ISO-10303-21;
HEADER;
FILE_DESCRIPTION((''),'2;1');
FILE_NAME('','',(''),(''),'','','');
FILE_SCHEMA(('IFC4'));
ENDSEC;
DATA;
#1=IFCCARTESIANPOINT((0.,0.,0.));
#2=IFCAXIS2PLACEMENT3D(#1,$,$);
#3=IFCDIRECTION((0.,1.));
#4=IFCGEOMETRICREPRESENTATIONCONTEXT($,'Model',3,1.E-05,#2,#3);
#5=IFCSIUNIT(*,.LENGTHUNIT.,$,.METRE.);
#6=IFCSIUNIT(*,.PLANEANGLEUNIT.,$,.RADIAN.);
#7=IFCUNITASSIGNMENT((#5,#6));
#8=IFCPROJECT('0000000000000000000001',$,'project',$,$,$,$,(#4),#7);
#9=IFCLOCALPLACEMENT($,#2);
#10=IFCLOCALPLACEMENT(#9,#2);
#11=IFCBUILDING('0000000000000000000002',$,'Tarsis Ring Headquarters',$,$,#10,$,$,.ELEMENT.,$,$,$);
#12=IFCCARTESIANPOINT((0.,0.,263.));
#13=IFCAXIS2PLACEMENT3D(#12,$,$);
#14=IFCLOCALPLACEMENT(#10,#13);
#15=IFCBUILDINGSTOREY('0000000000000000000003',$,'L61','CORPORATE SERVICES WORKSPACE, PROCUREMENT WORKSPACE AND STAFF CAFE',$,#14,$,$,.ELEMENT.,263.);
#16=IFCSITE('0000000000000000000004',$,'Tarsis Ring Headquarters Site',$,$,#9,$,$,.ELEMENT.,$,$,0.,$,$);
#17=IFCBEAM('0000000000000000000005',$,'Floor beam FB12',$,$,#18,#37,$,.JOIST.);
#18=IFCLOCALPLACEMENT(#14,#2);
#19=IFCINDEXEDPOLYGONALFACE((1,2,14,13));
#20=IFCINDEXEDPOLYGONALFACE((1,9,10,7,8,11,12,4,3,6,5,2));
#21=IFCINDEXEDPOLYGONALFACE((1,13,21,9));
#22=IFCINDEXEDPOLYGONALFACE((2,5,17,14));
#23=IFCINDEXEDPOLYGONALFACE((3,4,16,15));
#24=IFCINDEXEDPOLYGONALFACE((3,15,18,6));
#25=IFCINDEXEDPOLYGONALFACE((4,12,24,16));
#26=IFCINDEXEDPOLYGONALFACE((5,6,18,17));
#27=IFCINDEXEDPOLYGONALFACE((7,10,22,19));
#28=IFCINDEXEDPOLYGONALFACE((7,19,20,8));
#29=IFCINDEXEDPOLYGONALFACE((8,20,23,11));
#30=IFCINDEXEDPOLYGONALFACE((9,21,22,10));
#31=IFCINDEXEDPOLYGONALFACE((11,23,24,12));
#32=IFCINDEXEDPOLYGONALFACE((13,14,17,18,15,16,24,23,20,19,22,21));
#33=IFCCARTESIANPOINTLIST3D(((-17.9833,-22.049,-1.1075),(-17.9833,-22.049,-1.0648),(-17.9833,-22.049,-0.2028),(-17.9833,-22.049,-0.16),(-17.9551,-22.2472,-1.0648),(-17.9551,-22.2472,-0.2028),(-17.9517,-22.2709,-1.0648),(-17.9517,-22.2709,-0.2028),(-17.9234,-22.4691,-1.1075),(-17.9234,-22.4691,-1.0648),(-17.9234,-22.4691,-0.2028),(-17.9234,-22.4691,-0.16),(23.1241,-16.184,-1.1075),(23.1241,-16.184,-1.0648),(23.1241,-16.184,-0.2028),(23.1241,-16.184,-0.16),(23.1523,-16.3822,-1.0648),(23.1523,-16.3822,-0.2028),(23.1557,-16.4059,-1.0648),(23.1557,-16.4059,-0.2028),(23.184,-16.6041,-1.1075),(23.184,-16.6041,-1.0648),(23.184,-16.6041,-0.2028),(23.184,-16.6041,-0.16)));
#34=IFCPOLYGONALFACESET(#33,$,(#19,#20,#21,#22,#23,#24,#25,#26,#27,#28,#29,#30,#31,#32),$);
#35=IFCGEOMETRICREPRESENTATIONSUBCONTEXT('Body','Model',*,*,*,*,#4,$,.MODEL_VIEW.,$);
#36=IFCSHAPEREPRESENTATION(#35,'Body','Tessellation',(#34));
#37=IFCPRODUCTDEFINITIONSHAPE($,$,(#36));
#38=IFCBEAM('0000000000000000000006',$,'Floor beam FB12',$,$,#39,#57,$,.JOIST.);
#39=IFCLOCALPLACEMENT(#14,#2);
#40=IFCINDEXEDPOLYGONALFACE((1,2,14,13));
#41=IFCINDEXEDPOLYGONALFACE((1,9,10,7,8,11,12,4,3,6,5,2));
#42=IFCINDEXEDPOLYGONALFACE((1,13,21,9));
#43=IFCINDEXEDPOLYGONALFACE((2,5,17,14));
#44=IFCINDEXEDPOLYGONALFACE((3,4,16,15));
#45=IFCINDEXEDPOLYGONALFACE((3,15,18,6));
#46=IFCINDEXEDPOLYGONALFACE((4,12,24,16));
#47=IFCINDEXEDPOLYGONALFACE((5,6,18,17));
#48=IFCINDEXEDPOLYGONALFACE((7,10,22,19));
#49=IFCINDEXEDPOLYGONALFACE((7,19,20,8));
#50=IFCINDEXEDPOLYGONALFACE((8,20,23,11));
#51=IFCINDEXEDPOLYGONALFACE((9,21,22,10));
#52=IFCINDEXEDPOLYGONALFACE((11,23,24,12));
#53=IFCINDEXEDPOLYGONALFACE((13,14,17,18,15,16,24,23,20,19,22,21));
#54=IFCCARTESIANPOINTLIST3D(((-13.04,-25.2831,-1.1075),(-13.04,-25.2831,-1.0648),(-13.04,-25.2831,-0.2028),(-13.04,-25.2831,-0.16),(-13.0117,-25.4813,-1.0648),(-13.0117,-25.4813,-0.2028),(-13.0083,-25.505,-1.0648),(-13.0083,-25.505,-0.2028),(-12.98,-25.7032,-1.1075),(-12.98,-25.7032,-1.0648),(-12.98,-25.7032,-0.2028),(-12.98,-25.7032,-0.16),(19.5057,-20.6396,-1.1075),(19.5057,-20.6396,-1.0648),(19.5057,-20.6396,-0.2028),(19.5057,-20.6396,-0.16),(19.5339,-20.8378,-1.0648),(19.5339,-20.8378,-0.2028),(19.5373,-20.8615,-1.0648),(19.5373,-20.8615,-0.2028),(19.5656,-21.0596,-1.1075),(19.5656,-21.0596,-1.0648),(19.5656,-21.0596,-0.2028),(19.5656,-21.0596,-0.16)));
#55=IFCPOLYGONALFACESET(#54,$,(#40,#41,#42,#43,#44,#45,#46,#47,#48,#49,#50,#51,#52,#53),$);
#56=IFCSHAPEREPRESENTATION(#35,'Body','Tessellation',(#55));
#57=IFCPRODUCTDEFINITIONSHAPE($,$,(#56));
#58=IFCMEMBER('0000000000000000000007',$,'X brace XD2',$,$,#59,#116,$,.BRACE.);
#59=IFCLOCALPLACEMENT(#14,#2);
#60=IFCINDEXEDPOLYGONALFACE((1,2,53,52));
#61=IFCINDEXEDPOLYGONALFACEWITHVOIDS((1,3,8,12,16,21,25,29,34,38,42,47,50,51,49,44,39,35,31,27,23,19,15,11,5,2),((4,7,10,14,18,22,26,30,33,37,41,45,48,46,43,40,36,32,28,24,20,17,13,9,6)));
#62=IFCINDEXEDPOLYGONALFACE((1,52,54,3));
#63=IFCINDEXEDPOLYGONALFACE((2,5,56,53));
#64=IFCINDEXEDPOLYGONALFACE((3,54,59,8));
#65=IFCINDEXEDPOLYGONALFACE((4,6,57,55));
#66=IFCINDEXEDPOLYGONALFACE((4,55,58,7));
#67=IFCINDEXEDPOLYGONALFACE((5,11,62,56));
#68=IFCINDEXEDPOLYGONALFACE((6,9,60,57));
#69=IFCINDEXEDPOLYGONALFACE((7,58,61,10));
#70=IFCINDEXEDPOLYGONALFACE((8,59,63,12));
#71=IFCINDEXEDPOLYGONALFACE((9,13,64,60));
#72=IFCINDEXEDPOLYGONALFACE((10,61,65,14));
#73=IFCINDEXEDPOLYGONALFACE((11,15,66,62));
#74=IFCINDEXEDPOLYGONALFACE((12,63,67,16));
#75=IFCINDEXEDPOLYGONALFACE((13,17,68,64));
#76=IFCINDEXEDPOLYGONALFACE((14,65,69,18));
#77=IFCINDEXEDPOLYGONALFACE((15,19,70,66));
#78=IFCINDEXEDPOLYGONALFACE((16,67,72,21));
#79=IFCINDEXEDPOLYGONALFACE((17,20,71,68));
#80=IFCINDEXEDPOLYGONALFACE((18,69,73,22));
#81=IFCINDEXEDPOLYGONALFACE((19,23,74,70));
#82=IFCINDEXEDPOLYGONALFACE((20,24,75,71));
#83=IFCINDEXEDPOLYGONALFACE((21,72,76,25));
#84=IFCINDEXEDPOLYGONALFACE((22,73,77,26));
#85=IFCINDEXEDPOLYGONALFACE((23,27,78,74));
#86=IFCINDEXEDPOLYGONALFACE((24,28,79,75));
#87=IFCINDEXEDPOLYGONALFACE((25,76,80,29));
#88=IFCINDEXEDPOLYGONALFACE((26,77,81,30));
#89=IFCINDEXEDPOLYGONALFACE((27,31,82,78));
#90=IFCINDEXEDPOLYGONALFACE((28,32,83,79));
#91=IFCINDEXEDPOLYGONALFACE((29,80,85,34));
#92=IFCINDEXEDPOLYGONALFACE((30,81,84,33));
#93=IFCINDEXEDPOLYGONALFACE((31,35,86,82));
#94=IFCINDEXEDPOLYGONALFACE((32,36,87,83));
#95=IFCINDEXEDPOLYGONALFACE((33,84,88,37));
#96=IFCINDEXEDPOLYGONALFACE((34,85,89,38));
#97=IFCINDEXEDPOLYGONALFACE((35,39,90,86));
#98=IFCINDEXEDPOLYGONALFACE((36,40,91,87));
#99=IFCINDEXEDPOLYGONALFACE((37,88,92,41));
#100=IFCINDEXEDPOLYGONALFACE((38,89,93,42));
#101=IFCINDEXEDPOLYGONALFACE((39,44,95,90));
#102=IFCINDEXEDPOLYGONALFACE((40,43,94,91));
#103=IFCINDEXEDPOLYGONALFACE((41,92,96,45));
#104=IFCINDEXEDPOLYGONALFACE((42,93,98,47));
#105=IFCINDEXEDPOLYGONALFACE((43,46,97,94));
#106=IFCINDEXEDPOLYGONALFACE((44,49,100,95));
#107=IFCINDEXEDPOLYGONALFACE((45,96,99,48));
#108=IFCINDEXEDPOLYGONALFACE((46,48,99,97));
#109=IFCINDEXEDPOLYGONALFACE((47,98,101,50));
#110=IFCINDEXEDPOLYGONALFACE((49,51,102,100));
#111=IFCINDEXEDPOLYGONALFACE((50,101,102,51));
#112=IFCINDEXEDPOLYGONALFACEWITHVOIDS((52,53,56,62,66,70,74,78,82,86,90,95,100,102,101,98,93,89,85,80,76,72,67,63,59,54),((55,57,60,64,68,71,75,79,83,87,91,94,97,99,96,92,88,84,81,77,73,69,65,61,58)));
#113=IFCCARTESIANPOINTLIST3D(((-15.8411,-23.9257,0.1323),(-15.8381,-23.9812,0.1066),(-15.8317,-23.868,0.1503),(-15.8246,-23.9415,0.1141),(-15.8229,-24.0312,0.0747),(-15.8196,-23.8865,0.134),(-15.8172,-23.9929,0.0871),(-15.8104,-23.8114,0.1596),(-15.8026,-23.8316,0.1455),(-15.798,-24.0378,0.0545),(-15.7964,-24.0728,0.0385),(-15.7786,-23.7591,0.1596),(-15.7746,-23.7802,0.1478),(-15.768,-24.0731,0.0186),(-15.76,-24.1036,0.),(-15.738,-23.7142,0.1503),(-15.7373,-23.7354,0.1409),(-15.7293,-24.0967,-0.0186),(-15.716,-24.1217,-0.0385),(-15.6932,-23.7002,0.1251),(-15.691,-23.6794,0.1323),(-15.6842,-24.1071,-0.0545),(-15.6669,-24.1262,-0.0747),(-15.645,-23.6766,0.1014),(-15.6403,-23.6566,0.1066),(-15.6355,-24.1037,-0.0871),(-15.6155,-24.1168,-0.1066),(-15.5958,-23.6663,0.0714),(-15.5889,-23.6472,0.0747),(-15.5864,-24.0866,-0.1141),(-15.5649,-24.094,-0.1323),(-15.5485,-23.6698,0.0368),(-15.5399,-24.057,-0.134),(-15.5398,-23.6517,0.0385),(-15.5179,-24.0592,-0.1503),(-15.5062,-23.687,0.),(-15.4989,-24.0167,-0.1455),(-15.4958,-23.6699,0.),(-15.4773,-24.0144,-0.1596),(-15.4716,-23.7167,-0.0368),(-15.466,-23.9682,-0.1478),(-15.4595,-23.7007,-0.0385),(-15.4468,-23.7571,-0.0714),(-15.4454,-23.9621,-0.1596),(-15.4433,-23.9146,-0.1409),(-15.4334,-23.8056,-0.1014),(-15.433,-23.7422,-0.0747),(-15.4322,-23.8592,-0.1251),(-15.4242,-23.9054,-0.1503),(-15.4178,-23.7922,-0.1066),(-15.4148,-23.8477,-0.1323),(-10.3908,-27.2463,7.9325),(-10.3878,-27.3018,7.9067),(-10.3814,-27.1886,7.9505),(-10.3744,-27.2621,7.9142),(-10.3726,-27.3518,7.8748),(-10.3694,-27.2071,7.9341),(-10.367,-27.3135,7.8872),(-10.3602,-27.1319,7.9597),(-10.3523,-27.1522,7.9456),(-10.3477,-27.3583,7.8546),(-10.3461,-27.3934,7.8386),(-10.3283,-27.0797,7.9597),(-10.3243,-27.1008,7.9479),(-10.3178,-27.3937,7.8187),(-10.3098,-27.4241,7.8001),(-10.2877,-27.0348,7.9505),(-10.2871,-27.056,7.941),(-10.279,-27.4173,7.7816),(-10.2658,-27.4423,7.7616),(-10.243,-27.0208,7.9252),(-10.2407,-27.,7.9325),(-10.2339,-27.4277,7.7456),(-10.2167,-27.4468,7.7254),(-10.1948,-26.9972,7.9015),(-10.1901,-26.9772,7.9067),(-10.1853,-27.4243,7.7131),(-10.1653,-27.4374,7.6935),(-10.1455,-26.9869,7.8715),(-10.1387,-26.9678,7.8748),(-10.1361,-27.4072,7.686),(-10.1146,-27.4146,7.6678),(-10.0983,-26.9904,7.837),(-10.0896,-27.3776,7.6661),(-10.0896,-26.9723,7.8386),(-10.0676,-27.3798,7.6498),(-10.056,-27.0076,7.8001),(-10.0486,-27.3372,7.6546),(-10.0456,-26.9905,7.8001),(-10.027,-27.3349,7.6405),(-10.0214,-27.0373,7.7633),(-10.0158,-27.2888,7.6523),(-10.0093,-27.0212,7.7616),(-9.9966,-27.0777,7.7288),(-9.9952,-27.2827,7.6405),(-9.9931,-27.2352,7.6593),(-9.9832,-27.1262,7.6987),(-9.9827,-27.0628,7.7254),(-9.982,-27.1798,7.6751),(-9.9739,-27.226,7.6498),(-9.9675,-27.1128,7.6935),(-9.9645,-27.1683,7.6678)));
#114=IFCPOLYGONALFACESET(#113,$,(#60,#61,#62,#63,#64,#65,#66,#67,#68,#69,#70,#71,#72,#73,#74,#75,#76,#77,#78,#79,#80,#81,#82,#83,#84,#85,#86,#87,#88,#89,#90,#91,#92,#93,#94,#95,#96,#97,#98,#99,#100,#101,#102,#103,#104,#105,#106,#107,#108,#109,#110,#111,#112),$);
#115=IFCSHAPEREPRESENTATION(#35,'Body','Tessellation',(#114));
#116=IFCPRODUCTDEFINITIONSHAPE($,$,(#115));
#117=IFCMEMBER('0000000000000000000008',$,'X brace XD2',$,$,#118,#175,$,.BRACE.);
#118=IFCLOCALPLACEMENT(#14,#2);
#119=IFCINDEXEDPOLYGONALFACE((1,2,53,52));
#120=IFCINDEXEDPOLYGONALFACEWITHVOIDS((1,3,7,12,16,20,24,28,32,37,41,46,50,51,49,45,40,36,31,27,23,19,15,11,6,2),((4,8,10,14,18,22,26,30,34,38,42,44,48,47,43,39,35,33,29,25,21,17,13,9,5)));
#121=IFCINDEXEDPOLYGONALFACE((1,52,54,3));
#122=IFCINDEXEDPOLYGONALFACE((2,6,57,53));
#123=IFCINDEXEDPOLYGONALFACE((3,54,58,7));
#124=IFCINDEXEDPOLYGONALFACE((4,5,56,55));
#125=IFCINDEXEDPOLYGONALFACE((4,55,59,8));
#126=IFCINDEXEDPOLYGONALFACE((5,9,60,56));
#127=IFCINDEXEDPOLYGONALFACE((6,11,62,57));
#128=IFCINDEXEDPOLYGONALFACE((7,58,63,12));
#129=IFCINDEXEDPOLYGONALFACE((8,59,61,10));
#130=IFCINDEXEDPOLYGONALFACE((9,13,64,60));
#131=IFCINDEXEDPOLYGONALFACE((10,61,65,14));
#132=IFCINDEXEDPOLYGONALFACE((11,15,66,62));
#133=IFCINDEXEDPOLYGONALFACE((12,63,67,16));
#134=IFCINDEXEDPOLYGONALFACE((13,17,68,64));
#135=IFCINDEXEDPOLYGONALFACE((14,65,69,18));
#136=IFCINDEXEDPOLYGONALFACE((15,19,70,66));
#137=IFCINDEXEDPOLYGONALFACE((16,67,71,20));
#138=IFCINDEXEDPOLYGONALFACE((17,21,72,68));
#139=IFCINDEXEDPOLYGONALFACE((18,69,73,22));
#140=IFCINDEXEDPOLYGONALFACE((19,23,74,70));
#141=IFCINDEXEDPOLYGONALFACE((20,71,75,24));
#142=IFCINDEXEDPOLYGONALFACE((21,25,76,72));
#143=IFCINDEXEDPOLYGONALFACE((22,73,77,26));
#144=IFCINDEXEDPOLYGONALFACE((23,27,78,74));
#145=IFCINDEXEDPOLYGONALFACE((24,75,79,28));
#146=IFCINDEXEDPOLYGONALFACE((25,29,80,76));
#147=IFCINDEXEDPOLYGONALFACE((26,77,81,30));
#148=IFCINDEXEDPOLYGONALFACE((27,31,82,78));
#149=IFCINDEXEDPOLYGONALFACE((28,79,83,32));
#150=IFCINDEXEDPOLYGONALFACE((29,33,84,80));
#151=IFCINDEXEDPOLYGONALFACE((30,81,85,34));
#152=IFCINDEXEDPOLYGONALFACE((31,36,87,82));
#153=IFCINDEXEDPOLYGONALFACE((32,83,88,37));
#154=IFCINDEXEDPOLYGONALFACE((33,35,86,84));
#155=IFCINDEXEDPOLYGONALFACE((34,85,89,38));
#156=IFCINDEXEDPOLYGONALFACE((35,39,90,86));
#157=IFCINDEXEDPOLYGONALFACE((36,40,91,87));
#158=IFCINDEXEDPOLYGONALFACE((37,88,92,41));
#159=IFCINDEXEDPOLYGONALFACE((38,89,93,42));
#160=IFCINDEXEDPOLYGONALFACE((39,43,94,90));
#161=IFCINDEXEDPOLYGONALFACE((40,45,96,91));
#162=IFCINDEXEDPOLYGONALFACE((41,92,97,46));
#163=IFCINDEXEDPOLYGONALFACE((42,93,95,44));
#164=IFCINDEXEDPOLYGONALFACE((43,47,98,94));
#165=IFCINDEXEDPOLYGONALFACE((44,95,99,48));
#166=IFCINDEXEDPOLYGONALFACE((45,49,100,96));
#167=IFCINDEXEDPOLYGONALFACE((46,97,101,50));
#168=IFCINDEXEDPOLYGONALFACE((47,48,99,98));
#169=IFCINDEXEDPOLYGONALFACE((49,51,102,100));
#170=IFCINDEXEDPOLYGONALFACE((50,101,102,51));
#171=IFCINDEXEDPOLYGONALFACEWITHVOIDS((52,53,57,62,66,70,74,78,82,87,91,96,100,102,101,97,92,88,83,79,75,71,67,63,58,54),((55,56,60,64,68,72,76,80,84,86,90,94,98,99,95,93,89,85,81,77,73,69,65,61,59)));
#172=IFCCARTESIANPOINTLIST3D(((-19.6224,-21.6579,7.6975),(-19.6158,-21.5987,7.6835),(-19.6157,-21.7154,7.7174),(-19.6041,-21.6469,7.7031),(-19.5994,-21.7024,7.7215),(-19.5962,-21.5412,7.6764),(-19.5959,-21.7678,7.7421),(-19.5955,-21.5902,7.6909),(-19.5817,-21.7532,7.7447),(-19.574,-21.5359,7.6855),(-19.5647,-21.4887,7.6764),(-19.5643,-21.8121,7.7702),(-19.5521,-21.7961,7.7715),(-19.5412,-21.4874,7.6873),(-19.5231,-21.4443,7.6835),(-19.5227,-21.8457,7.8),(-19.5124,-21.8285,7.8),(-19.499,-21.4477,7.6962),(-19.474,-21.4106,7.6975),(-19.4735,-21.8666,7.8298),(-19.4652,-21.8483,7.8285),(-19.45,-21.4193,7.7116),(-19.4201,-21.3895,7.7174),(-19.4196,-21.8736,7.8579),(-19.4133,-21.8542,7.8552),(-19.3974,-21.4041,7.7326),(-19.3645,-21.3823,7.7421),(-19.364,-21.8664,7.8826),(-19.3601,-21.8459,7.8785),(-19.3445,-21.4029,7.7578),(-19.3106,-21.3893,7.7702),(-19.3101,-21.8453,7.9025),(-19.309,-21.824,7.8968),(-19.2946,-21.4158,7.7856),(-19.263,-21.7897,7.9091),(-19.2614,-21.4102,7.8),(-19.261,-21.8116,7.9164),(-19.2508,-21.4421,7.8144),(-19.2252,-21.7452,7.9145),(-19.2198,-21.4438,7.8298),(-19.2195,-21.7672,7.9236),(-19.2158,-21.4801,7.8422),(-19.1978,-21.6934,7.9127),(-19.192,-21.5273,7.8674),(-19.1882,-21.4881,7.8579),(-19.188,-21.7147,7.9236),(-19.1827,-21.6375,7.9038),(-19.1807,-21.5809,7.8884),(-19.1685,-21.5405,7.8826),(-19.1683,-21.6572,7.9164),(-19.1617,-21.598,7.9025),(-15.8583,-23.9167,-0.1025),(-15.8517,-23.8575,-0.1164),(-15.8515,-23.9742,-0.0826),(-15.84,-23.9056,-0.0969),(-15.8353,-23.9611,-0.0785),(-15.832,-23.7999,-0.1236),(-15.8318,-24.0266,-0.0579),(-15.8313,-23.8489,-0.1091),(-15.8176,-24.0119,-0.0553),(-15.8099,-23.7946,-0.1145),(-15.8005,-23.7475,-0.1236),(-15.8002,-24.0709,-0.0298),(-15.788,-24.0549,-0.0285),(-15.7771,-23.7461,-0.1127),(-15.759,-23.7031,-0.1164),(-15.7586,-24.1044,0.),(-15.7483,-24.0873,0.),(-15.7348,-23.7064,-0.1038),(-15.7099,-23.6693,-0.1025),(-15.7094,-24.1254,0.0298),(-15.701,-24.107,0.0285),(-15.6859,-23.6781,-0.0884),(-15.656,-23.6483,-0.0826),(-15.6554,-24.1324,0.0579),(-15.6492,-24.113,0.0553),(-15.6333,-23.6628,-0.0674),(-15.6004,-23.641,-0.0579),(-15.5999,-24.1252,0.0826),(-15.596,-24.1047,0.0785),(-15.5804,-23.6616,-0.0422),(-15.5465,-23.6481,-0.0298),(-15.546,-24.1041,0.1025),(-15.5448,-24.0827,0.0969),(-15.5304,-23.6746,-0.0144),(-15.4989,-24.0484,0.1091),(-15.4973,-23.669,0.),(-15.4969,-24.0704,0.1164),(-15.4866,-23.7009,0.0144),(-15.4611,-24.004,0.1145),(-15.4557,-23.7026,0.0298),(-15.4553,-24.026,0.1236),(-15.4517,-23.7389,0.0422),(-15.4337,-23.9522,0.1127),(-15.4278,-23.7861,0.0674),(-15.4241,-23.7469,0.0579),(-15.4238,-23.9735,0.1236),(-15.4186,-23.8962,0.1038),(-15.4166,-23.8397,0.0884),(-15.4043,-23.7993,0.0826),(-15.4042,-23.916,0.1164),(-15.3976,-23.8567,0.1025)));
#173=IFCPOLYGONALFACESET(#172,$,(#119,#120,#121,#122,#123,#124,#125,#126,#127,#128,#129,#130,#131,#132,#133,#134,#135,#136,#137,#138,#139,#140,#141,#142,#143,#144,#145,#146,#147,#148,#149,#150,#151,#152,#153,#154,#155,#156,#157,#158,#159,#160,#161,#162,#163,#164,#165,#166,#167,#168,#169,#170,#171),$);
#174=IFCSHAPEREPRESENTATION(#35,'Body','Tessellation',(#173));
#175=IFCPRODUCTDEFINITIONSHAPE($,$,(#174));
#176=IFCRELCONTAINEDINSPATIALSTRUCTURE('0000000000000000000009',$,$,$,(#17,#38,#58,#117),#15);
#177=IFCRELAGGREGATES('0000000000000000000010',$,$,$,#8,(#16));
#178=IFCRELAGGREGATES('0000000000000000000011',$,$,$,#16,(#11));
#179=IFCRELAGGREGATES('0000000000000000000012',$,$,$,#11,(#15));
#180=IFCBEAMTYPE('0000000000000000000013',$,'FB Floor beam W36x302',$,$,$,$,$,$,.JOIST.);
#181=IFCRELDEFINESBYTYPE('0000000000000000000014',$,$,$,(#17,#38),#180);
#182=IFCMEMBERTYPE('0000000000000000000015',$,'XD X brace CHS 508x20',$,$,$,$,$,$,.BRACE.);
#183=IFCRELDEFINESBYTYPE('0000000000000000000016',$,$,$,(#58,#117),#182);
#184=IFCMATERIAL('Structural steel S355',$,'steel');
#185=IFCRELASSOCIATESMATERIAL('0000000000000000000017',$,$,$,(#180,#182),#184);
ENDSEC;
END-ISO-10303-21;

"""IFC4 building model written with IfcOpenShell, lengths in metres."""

from ifc_helpers import new_model, si_unit, direction, frame, origin, origin_2d, place, context, subcontext, project, spatial, hollow_circle, i_section, extrude, material, material_profile, profile_set, type_object, element, save


model = new_model("IFC4")

# Units and contexts
model_context = context("Model", 3, precision=1e-05, world=origin(), true_north=direction((0.0, 1.0)))
body_context = subcontext(model_context, "Body", "Model", "MODEL_VIEW")
ifc_project = project(units=[si_unit("LENGTHUNIT", "METRE"), si_unit("PLANEANGLEUNIT", "RADIAN")], contexts=[model_context])

# Site, building, storey
site_placement = place(None, origin())
site = spatial("IfcSite", under=ifc_project, at=site_placement, Name="Tarsis Ring Headquarters Site", CompositionType="ELEMENT", RefElevation=0.0)
building_placement = place(site_placement, origin())
building = spatial("IfcBuilding", under=site, at=building_placement, Name="Tarsis Ring Headquarters", CompositionType="ELEMENT")
storey_placement = place(building_placement, frame((0.0, 0.0, 263.0)))
storey = spatial("IfcBuildingStorey", under=building, at=storey_placement, Name="L61", Description="CORPORATE SERVICES WORKSPACE, PROCUREMENT WORKSPACE AND STAFF CAFE", CompositionType="ELEMENT", Elevation=263.0)

# Shared definitions
ifc_material_1 = material(Name="Structural steel S355", Category="steel")

# Beams
ifc_material_profile_1 = material_profile(ifc_material_1, i_section(OverallWidth=0.4243, OverallDepth=0.9475, WebThickness=0.0239, FlangeThickness=0.0427, at=origin_2d()), Name="W36x302")
ifc_profile_set_1 = profile_set([ifc_material_profile_1], Name="Structural steel S355")
beam_type_1 = type_object("IfcBeamType", Name="FB Floor beam W36x302", PredefinedType="JOIST", material=ifc_profile_set_1)
beam_1_placement = place(storey_placement, frame((-17.9534, -22.259, -0.6338), z_axis=(0.989975, 0.141244, 0.0), x_axis=(-0.141244, 0.989975, 0.0)))
element("IfcBeam", 1, at=beam_1_placement, inside=storey, type_object=beam_type_1, Name="Floor beam FB12", PredefinedType="JOIST", context=body_context, shape_type="SweptSolid", body=[
    extrude(i_section(OverallWidth=0.4243, OverallDepth=0.9475, WebThickness=0.0239, FlangeThickness=0.0427, at=origin_2d()), origin(), (0.0, 0.0, 1.0), 41.5237),
])
beam_2_placement = place(storey_placement, frame((-13.01, -25.4932, -0.6338), z_axis=(0.989974, 0.141248, 0.0), x_axis=(-0.141248, 0.989974, 0.0)))
element("IfcBeam", 2, at=beam_2_placement, inside=storey, type_object=beam_type_1, Name="Floor beam FB12", PredefinedType="JOIST", context=body_context, shape_type="SweptSolid", body=[
    extrude(i_section(OverallWidth=0.4243, OverallDepth=0.9475, WebThickness=0.0239, FlangeThickness=0.0427, at=origin_2d()), origin(), (0.0, 0.0, 1.0), 32.8752),
])

# Members
ifc_material_profile_2 = material_profile(ifc_material_1, hollow_circle(Radius=0.2539, WallThickness=0.02, at=origin_2d()), Name="CHS 508x20")
ifc_profile_set_2 = profile_set([ifc_material_profile_2], Name="Structural steel S355")
member_type = type_object("IfcMemberType", Name="XD X brace CHS 508x20", PredefinedType="BRACE", material=ifc_profile_set_2)
member_1_placement = place(storey_placement, frame((-15.6279, -23.8867, 0.0), z_axis=(0.540787, -0.329477, 0.773947), x_axis=(0.520295, 0.853986, 0.0)))
element("IfcMember", 3, at=member_1_placement, inside=storey, type_object=member_type, Name="X brace XD2", PredefinedType="BRACE", context=body_context, shape_type="SweptSolid", body=[
    extrude(hollow_circle(Radius=0.2539, WallThickness=0.02, at=origin_2d()), origin(), (0.0, 0.0, 1.0), 10.0784),
])
member_2_placement = place(storey_placement, frame((-15.6279, -23.8867, 0.0), z_axis=(-0.420552, 0.252364, 0.871463), x_axis=(-0.514545, -0.857463, 0.0)))
element("IfcMember", 4, at=member_2_placement, inside=storey, type_object=member_type, Name="X brace XD2", PredefinedType="BRACE", context=body_context, shape_type="SweptSolid", body=[
    extrude(hollow_circle(Radius=0.2539, WallThickness=0.02, at=origin_2d()), origin(), (0.0, 0.0, 1.0), 8.9504),
])

save(model, "model.ifc")
